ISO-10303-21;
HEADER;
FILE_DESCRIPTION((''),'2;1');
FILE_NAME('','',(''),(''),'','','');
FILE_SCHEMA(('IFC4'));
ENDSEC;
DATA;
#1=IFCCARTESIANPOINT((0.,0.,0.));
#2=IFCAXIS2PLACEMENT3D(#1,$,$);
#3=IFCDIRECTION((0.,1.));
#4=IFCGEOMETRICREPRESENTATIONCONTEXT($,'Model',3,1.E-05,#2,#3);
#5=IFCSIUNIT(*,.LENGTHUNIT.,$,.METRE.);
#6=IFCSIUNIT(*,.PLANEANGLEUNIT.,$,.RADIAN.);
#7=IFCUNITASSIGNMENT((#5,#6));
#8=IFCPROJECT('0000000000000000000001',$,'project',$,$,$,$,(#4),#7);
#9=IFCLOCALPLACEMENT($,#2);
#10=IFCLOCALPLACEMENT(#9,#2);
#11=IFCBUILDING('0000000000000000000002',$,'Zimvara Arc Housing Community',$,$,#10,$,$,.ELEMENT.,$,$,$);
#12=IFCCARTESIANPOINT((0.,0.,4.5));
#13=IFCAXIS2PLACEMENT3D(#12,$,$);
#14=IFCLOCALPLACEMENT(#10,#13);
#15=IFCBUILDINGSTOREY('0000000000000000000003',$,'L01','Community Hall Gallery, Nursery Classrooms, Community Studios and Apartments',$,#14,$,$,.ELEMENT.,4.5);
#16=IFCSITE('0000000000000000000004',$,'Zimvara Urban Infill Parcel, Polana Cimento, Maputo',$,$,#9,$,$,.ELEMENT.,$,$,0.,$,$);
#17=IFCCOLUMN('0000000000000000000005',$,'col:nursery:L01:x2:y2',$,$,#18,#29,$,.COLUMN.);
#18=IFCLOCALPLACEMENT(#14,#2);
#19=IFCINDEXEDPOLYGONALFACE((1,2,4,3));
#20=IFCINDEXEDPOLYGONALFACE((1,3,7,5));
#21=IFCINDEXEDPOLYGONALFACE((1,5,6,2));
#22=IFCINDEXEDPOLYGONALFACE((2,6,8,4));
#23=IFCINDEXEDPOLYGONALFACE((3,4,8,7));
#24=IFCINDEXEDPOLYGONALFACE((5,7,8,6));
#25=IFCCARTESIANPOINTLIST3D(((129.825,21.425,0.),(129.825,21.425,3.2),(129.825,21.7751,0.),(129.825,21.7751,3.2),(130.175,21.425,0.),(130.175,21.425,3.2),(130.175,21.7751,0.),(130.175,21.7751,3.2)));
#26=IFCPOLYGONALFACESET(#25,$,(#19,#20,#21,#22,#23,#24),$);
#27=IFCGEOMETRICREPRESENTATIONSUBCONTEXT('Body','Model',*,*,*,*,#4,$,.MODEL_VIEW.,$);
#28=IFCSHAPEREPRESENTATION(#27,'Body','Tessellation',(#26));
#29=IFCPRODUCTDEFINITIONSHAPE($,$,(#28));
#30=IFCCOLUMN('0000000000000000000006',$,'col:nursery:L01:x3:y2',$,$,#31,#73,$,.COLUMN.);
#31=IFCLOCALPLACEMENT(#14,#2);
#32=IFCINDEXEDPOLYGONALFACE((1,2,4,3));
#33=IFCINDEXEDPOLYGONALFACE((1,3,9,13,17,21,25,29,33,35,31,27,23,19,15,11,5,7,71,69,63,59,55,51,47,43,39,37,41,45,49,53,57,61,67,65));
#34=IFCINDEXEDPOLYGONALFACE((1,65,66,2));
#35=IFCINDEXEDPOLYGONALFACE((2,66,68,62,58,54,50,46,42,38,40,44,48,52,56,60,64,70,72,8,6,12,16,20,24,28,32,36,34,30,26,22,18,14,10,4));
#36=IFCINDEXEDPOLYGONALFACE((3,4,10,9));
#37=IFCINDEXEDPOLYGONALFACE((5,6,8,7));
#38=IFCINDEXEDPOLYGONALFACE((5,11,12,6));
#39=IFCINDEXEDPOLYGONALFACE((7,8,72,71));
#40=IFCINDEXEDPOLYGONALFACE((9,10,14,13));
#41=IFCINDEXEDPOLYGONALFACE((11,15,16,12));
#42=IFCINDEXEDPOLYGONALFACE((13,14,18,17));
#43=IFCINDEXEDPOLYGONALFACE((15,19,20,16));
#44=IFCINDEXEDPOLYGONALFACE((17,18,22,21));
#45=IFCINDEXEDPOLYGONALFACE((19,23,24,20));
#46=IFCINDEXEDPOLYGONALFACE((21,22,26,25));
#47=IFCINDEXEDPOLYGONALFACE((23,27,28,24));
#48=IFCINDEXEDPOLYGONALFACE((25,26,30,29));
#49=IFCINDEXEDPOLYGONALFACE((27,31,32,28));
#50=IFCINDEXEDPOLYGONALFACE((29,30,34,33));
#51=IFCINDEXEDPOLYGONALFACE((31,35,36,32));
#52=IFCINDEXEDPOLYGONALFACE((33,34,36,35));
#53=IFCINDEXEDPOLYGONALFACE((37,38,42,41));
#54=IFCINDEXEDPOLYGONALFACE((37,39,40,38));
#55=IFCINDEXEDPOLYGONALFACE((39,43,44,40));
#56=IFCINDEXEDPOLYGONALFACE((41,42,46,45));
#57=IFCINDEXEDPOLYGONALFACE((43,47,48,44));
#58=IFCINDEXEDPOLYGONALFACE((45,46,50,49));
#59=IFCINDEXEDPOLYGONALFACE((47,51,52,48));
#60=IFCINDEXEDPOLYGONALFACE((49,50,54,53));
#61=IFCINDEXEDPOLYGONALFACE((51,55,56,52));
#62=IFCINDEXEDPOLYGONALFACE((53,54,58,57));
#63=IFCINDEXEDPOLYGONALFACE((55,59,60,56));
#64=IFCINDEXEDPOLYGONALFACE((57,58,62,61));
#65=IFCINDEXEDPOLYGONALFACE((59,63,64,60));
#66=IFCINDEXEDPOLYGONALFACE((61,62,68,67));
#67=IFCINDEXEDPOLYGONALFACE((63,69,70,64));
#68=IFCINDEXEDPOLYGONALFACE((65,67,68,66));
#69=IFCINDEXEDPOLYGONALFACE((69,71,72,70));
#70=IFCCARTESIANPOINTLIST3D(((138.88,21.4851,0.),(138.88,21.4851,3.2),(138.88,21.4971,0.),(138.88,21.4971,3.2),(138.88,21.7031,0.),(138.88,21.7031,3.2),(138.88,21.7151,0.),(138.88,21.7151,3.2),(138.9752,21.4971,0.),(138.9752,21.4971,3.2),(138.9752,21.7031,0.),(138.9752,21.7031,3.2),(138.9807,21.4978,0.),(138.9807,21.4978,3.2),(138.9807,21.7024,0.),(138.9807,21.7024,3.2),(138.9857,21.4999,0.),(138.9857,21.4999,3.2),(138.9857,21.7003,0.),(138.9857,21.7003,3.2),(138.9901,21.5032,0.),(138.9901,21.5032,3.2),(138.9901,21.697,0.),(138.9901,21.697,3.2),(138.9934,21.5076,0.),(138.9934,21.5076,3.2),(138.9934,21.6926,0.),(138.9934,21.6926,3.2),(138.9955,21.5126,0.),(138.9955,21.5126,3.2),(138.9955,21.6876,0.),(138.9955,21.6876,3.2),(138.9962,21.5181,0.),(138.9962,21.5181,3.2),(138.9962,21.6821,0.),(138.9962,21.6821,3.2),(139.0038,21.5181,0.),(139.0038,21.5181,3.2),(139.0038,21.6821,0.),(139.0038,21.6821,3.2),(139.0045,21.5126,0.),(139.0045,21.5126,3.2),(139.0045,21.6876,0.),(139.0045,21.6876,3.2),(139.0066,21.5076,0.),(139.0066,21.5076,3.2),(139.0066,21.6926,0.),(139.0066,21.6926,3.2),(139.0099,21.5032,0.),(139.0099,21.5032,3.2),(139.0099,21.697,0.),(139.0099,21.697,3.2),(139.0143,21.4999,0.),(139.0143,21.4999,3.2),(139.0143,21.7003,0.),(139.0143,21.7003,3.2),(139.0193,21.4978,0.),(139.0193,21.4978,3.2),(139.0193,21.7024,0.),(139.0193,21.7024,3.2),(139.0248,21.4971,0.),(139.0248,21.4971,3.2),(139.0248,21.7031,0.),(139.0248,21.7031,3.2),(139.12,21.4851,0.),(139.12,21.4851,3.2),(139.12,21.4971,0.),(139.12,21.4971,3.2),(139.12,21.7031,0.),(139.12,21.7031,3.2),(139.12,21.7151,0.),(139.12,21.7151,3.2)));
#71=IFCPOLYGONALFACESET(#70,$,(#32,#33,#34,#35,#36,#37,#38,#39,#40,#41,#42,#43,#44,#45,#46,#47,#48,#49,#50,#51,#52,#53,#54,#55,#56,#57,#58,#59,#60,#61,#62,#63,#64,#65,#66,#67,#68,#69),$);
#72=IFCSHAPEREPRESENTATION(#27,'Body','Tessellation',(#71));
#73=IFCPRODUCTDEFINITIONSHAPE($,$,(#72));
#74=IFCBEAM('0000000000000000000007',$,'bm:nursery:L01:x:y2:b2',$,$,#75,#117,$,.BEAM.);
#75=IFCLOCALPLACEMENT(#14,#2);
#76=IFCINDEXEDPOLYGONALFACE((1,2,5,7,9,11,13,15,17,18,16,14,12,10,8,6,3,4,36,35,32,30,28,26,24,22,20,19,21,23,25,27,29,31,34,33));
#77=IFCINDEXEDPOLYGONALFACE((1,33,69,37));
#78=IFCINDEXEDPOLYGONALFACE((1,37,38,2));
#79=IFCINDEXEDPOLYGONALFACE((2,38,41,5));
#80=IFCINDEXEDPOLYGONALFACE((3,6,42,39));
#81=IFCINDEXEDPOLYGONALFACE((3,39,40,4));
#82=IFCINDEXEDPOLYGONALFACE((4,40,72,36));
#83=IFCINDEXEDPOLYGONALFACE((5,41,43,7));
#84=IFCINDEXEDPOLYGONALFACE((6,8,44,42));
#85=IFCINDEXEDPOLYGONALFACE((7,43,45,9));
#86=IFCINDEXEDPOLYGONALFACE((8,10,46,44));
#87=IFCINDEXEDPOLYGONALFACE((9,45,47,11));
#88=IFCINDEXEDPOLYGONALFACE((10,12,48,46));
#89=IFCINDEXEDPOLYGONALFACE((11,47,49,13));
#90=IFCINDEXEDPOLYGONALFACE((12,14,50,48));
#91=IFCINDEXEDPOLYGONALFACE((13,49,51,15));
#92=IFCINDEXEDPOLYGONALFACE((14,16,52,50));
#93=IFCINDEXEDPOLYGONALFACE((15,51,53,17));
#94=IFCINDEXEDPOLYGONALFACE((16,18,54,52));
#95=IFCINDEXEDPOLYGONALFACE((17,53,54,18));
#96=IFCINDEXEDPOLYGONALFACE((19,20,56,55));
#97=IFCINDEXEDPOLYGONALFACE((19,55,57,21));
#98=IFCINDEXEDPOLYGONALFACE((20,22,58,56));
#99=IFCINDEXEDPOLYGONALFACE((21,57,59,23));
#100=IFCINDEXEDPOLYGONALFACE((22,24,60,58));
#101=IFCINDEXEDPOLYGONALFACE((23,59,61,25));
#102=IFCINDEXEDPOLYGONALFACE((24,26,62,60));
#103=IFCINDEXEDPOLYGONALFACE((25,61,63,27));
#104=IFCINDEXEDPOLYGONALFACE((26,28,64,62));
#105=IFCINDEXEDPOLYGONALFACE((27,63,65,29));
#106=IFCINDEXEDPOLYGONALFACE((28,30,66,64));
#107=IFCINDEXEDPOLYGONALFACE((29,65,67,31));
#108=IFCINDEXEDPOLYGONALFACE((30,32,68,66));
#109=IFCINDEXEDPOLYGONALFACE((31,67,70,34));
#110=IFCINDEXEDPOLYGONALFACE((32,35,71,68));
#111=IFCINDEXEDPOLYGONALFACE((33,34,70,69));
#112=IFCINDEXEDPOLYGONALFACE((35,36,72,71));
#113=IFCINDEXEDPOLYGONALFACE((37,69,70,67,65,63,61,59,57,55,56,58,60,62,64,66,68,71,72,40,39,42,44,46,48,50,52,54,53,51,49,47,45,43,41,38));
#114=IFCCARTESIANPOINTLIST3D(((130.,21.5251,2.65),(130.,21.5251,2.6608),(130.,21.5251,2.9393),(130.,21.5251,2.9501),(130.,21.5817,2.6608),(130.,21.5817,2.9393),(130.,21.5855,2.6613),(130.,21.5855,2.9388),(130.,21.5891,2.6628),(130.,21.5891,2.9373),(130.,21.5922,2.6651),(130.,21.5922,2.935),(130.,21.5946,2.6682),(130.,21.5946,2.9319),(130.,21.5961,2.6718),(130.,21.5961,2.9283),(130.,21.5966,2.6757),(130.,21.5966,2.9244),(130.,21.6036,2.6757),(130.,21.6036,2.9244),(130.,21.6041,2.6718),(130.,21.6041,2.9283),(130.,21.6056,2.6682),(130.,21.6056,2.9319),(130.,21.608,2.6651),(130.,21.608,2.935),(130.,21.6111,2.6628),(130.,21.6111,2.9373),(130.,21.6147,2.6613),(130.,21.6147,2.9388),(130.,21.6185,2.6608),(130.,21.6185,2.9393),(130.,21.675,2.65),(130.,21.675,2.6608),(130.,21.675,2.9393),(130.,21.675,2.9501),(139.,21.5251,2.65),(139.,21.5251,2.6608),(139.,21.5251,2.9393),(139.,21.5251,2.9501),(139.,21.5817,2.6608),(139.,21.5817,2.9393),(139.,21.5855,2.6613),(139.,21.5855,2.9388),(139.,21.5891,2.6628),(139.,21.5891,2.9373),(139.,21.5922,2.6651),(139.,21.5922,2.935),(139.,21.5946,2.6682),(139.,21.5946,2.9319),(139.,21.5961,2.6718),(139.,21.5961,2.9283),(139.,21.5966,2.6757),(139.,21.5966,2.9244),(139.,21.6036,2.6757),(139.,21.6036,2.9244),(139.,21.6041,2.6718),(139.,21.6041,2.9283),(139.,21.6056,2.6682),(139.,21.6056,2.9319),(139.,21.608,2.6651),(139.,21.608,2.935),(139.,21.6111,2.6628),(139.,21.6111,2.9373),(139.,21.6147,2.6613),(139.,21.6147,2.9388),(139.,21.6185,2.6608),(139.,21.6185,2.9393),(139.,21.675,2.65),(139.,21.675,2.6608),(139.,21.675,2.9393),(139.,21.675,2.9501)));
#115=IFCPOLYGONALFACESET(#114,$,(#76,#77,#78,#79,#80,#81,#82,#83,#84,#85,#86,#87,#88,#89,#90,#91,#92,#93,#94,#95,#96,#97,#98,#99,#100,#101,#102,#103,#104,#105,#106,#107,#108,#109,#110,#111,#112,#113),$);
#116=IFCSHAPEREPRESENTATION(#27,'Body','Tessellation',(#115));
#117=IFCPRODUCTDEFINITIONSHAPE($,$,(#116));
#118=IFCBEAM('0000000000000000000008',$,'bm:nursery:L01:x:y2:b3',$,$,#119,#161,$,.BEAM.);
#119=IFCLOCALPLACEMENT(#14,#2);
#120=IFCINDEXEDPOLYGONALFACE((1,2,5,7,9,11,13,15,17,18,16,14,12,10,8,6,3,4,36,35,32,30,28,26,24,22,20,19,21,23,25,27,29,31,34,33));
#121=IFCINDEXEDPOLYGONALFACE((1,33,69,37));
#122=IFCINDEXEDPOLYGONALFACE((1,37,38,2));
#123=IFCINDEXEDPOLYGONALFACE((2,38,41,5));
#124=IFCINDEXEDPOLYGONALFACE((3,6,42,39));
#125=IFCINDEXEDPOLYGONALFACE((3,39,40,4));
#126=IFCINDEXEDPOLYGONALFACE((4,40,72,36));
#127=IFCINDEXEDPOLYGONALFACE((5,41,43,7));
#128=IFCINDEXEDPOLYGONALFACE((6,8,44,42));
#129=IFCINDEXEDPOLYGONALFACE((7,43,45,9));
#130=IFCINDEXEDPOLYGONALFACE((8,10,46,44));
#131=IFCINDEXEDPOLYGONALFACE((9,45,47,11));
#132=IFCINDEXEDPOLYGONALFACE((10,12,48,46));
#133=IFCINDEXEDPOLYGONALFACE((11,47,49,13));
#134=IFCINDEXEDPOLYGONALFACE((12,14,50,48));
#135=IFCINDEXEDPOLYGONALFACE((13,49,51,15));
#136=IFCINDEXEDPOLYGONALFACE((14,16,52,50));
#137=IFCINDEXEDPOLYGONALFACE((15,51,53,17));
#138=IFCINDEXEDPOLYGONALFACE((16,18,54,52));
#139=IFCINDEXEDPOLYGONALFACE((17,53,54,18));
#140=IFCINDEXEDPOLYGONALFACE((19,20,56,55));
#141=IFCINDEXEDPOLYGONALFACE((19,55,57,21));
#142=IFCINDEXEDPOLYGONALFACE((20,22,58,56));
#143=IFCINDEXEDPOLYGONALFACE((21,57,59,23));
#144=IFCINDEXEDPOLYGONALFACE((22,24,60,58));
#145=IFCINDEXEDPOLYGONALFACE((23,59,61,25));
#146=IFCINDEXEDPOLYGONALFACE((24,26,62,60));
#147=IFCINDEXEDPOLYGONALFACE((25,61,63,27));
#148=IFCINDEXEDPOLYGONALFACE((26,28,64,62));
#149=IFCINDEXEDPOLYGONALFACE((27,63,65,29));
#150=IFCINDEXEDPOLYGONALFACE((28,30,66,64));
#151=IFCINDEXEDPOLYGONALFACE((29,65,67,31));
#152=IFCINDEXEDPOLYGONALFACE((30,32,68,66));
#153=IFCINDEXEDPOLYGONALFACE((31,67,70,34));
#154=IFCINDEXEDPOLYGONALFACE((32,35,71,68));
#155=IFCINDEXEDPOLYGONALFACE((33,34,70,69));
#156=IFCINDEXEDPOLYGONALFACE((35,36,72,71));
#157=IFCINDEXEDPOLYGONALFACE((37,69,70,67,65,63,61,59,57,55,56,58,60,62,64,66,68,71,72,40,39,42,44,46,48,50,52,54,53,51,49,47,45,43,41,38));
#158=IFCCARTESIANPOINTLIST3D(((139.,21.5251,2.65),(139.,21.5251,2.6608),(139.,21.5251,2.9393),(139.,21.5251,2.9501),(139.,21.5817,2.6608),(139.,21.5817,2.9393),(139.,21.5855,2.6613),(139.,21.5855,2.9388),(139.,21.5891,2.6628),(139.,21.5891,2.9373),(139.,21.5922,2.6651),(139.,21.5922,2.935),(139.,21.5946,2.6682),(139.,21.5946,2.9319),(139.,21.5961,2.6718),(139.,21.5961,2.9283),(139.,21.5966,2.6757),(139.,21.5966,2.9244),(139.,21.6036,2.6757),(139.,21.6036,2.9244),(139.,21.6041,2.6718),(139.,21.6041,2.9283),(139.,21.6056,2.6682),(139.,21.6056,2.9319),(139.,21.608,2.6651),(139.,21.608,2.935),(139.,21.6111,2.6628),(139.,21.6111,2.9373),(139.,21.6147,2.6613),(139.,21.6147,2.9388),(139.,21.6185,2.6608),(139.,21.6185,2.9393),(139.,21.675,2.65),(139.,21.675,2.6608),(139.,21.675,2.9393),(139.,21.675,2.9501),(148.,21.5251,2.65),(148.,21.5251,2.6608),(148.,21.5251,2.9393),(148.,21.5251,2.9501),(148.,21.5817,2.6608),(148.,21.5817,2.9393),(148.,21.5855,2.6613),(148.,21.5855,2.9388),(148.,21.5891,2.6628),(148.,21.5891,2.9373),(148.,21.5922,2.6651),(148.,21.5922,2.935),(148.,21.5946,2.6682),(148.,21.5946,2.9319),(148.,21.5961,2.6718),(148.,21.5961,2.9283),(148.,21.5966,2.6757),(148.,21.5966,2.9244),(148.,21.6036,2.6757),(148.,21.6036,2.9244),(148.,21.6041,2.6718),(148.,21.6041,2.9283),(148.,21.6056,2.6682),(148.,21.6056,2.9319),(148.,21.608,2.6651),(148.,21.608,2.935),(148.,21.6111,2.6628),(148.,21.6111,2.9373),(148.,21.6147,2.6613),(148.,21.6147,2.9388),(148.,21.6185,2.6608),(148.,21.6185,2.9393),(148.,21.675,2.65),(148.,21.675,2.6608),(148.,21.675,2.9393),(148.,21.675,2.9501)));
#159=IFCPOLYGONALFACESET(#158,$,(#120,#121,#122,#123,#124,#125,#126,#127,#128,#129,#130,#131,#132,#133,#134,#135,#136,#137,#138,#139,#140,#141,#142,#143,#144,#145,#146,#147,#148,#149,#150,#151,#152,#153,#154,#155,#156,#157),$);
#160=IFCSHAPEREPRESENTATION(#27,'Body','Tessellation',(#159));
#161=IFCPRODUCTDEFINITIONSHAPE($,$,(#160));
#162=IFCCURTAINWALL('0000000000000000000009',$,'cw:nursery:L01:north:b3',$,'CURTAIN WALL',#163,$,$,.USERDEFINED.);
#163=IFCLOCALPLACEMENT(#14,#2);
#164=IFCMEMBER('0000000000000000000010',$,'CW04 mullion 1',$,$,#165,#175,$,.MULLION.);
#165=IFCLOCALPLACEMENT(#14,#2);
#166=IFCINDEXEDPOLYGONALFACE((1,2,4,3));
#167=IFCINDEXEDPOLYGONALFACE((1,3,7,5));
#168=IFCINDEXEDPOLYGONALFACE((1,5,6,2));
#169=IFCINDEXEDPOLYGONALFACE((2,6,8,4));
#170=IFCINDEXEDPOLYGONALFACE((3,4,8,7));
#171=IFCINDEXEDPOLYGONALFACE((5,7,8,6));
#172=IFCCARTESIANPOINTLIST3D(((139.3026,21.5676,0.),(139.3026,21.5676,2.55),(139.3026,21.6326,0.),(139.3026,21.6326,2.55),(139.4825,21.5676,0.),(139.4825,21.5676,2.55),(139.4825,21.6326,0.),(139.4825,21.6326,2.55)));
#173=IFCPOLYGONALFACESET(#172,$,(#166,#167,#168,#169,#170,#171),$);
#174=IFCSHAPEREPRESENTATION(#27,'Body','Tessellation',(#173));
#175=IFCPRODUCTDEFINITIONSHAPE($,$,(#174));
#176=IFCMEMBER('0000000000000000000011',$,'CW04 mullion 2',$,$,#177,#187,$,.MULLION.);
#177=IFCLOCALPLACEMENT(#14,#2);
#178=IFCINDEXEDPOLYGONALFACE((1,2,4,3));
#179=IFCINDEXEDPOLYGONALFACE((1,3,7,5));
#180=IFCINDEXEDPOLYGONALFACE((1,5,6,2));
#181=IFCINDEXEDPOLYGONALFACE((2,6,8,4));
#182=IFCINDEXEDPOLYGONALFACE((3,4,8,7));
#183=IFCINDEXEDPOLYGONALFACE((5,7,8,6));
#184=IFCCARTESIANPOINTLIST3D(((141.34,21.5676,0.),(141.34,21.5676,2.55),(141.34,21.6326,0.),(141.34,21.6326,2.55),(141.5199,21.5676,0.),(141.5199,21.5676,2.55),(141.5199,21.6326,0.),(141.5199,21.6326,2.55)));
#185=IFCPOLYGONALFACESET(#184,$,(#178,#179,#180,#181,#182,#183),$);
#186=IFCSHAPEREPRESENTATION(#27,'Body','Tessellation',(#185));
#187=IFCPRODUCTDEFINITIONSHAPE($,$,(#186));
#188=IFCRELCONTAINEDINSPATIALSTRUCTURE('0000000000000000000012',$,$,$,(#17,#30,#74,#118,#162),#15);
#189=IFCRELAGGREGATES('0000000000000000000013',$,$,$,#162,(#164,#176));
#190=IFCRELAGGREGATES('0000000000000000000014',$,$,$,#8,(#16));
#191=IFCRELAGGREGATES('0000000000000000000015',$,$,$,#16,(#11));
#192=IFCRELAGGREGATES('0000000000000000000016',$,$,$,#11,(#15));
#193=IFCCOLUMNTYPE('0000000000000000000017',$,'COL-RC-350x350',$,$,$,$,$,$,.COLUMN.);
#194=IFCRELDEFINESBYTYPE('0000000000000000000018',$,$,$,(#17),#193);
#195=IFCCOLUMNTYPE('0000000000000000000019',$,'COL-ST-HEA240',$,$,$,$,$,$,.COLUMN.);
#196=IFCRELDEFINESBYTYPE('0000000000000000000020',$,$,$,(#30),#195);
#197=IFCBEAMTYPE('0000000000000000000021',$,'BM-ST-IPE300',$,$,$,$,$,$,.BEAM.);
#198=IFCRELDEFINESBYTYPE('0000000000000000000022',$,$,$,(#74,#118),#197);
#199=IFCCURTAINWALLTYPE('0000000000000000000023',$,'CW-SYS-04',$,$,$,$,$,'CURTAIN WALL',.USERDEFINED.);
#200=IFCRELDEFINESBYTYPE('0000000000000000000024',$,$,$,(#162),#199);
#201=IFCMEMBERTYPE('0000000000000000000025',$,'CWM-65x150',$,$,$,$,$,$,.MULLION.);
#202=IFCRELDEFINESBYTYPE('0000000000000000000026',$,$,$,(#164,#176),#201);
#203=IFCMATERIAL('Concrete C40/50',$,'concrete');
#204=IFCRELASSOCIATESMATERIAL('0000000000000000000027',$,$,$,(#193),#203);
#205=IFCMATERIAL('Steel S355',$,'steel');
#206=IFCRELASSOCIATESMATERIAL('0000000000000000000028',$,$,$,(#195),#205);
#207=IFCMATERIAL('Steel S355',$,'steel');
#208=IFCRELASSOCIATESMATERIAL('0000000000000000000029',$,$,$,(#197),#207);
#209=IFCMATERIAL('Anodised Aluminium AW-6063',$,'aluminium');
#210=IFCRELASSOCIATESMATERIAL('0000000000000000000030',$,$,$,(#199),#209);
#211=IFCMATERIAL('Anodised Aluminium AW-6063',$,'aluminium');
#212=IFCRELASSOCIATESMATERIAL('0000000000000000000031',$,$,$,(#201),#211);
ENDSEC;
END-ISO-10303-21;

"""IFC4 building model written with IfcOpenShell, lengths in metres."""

from ifc_helpers import new_model, si_unit, direction, frame, origin, origin_2d, place, context, subcontext, project, spatial, rectangle, i_section, extrude, material, material_profile, profile_set, type_object, element, aggregate, save


model = new_model("IFC4")

# Units and contexts
model_context = context("Model", 3, precision=1e-05, world=origin(), true_north=direction((0.0, 1.0)))
body_context = subcontext(model_context, "Body", "Model", "MODEL_VIEW")
ifc_project = project(units=[si_unit("LENGTHUNIT", "METRE"), si_unit("PLANEANGLEUNIT", "RADIAN")], contexts=[model_context])

# Site, building, storey
site_placement = place(None, origin())
site = spatial("IfcSite", under=ifc_project, at=site_placement, Name="Zimvara Urban Infill Parcel, Polana Cimento, Maputo", CompositionType="ELEMENT", RefElevation=0.0)
building_placement = place(site_placement, origin())
building = spatial("IfcBuilding", under=site, at=building_placement, Name="Zimvara Arc Housing Community", CompositionType="ELEMENT")
storey_placement = place(building_placement, frame((0.0, 0.0, 4.5)))
storey = spatial("IfcBuildingStorey", under=building, at=storey_placement, Name="L01", Description="Community Hall Gallery, Nursery Classrooms, Community Studios and Apartments", CompositionType="ELEMENT", Elevation=4.5)

# Columns
ifc_material_1 = material(Name="Concrete C40/50", Category="concrete")
ifc_material_profile_1 = material_profile(ifc_material_1, rectangle(XDim=0.3501, YDim=0.3501, at=origin_2d()), Name="RC 350x350")
ifc_profile_set_1 = profile_set([ifc_material_profile_1], Name="Concrete C40/50")
column_type_1 = type_object("IfcColumnType", Name="COL-RC-350x350", PredefinedType="COLUMN", material=ifc_profile_set_1)
column_1_placement = place(storey_placement, frame((130.0, 21.6001, 0.0), z_axis=(0.0, 0.0, 1.0), x_axis=(1.0, 0.0, 0.0)))
element("IfcColumn", 1, at=column_1_placement, inside=storey, type_object=column_type_1, Name="col:nursery:L01:x2:y2", PredefinedType="COLUMN", context=body_context, shape_type="SweptSolid", body=[
    extrude(rectangle(XDim=0.3501, YDim=0.3501, at=origin_2d()), origin(), (0.0, 0.0, 1.0), 3.2),
])
ifc_material_2 = material(Name="Steel S355", Category="steel")
ifc_material_profile_2 = material_profile(ifc_material_2, i_section(OverallWidth=0.24, OverallDepth=0.23, WebThickness=0.0076, FlangeThickness=0.012, FilletRadius=0.021, at=origin_2d()), Name="HEA 240")
ifc_profile_set_2 = profile_set([ifc_material_profile_2], Name="Steel S355")
column_type_2 = type_object("IfcColumnType", Name="COL-ST-HEA240", PredefinedType="COLUMN", material=ifc_profile_set_2)
column_2_placement = place(storey_placement, frame((139.0, 21.6001, 0.0), z_axis=(0.0, 0.0, 1.0), x_axis=(1.0, 0.0, 0.0)))
element("IfcColumn", 2, at=column_2_placement, inside=storey, type_object=column_type_2, Name="col:nursery:L01:x3:y2", PredefinedType="COLUMN", context=body_context, shape_type="SweptSolid", body=[
    extrude(i_section(OverallWidth=0.24, OverallDepth=0.23, WebThickness=0.0076, FlangeThickness=0.012, FilletRadius=0.021, at=origin_2d()), origin(), (0.0, 0.0, 1.0), 3.2),
])

# Beams
ifc_material_3 = material(Name="Steel S355", Category="steel")
ifc_material_profile_3 = material_profile(ifc_material_3, i_section(OverallWidth=0.1499, OverallDepth=0.3, WebThickness=0.0071, FlangeThickness=0.0107, FilletRadius=0.0149, at=origin_2d()), Name="IPE 300")
ifc_profile_set_3 = profile_set([ifc_material_profile_3], Name="Steel S355")
beam_type = type_object("IfcBeamType", Name="BM-ST-IPE300", PredefinedType="BEAM", material=ifc_profile_set_3)
for number, where, z_axis, x_axis, name in (
    (3, (130.0, 21.6001, 2.8), (1.0, 0.0, 0.0), (0.0, 1.0, 0.0), "bm:nursery:L01:x:y2:b2"),
    (4, (139.0, 21.6001, 2.8), (1.0, 0.0, 0.0), (0.0, 1.0, 0.0), "bm:nursery:L01:x:y2:b3"),
):
    element("IfcBeam", number, at=place(storey_placement, frame(where, z_axis=z_axis, x_axis=x_axis)), inside=storey, type_object=beam_type, Name=name, PredefinedType="BEAM", context=body_context, shape_type="SweptSolid", body=[
        extrude(i_section(OverallWidth=0.1499, OverallDepth=0.3, WebThickness=0.0071, FlangeThickness=0.0107, FilletRadius=0.0149, at=origin_2d()), origin(), (0.0, 0.0, 1.0), 9.0),
    ])

# Curtain wall, members
ifc_material_4 = material(Name="Anodised Aluminium AW-6063", Category="aluminium")
curtain_wall_type_1 = type_object("IfcCurtainWallType", Name="CW-SYS-04", ElementType="CURTAIN WALL", PredefinedType="USERDEFINED", material=ifc_material_4)
curtain_wall_1_placement = place(storey_placement, origin())
curtain_wall_1 = element("IfcCurtainWall", 5, at=curtain_wall_1_placement, inside=storey, type_object=curtain_wall_type_1, Name="cw:nursery:L01:north:b3", ObjectType="CURTAIN WALL", PredefinedType="USERDEFINED")
ifc_material_5 = material(Name="Anodised Aluminium AW-6063", Category="aluminium")
ifc_material_profile_4 = material_profile(ifc_material_5, rectangle(XDim=0.0649, YDim=0.1799, at=origin_2d()), Name="ALU 65x180")
ifc_profile_set_4 = profile_set([ifc_material_profile_4], Name="Anodised Aluminium AW-6063")
member_type_1 = type_object("IfcMemberType", Name="CWM-65x150", PredefinedType="MULLION", material=ifc_profile_set_4)
member_1_placement = place(storey_placement, frame((139.3926, 21.6001, 0.0), z_axis=(0.0, 0.0, 1.0), x_axis=(0.0, 1.0, 0.0)))
member_1 = element("IfcMember", 6, at=member_1_placement, type_object=member_type_1, Name="CW04 mullion 1", PredefinedType="MULLION", context=body_context, shape_type="SweptSolid", body=[
    extrude(rectangle(XDim=0.0649, YDim=0.1799, at=origin_2d()), origin(), (0.0, 0.0, 1.0), 2.55),
])
member_2_placement = place(storey_placement, frame((141.4299, 21.6001, 0.0), z_axis=(0.0, 0.0, 1.0), x_axis=(0.0, 1.0, 0.0)))
member_2 = element("IfcMember", 7, at=member_2_placement, type_object=member_type_1, Name="CW04 mullion 2", PredefinedType="MULLION", context=body_context, shape_type="SweptSolid", body=[
    extrude(rectangle(XDim=0.0649, YDim=0.1799, at=origin_2d()), origin(), (0.0, 0.0, 1.0), 2.55),
])

aggregate(curtain_wall_1, [member_1, member_2])

save(model, "model.ifc")
